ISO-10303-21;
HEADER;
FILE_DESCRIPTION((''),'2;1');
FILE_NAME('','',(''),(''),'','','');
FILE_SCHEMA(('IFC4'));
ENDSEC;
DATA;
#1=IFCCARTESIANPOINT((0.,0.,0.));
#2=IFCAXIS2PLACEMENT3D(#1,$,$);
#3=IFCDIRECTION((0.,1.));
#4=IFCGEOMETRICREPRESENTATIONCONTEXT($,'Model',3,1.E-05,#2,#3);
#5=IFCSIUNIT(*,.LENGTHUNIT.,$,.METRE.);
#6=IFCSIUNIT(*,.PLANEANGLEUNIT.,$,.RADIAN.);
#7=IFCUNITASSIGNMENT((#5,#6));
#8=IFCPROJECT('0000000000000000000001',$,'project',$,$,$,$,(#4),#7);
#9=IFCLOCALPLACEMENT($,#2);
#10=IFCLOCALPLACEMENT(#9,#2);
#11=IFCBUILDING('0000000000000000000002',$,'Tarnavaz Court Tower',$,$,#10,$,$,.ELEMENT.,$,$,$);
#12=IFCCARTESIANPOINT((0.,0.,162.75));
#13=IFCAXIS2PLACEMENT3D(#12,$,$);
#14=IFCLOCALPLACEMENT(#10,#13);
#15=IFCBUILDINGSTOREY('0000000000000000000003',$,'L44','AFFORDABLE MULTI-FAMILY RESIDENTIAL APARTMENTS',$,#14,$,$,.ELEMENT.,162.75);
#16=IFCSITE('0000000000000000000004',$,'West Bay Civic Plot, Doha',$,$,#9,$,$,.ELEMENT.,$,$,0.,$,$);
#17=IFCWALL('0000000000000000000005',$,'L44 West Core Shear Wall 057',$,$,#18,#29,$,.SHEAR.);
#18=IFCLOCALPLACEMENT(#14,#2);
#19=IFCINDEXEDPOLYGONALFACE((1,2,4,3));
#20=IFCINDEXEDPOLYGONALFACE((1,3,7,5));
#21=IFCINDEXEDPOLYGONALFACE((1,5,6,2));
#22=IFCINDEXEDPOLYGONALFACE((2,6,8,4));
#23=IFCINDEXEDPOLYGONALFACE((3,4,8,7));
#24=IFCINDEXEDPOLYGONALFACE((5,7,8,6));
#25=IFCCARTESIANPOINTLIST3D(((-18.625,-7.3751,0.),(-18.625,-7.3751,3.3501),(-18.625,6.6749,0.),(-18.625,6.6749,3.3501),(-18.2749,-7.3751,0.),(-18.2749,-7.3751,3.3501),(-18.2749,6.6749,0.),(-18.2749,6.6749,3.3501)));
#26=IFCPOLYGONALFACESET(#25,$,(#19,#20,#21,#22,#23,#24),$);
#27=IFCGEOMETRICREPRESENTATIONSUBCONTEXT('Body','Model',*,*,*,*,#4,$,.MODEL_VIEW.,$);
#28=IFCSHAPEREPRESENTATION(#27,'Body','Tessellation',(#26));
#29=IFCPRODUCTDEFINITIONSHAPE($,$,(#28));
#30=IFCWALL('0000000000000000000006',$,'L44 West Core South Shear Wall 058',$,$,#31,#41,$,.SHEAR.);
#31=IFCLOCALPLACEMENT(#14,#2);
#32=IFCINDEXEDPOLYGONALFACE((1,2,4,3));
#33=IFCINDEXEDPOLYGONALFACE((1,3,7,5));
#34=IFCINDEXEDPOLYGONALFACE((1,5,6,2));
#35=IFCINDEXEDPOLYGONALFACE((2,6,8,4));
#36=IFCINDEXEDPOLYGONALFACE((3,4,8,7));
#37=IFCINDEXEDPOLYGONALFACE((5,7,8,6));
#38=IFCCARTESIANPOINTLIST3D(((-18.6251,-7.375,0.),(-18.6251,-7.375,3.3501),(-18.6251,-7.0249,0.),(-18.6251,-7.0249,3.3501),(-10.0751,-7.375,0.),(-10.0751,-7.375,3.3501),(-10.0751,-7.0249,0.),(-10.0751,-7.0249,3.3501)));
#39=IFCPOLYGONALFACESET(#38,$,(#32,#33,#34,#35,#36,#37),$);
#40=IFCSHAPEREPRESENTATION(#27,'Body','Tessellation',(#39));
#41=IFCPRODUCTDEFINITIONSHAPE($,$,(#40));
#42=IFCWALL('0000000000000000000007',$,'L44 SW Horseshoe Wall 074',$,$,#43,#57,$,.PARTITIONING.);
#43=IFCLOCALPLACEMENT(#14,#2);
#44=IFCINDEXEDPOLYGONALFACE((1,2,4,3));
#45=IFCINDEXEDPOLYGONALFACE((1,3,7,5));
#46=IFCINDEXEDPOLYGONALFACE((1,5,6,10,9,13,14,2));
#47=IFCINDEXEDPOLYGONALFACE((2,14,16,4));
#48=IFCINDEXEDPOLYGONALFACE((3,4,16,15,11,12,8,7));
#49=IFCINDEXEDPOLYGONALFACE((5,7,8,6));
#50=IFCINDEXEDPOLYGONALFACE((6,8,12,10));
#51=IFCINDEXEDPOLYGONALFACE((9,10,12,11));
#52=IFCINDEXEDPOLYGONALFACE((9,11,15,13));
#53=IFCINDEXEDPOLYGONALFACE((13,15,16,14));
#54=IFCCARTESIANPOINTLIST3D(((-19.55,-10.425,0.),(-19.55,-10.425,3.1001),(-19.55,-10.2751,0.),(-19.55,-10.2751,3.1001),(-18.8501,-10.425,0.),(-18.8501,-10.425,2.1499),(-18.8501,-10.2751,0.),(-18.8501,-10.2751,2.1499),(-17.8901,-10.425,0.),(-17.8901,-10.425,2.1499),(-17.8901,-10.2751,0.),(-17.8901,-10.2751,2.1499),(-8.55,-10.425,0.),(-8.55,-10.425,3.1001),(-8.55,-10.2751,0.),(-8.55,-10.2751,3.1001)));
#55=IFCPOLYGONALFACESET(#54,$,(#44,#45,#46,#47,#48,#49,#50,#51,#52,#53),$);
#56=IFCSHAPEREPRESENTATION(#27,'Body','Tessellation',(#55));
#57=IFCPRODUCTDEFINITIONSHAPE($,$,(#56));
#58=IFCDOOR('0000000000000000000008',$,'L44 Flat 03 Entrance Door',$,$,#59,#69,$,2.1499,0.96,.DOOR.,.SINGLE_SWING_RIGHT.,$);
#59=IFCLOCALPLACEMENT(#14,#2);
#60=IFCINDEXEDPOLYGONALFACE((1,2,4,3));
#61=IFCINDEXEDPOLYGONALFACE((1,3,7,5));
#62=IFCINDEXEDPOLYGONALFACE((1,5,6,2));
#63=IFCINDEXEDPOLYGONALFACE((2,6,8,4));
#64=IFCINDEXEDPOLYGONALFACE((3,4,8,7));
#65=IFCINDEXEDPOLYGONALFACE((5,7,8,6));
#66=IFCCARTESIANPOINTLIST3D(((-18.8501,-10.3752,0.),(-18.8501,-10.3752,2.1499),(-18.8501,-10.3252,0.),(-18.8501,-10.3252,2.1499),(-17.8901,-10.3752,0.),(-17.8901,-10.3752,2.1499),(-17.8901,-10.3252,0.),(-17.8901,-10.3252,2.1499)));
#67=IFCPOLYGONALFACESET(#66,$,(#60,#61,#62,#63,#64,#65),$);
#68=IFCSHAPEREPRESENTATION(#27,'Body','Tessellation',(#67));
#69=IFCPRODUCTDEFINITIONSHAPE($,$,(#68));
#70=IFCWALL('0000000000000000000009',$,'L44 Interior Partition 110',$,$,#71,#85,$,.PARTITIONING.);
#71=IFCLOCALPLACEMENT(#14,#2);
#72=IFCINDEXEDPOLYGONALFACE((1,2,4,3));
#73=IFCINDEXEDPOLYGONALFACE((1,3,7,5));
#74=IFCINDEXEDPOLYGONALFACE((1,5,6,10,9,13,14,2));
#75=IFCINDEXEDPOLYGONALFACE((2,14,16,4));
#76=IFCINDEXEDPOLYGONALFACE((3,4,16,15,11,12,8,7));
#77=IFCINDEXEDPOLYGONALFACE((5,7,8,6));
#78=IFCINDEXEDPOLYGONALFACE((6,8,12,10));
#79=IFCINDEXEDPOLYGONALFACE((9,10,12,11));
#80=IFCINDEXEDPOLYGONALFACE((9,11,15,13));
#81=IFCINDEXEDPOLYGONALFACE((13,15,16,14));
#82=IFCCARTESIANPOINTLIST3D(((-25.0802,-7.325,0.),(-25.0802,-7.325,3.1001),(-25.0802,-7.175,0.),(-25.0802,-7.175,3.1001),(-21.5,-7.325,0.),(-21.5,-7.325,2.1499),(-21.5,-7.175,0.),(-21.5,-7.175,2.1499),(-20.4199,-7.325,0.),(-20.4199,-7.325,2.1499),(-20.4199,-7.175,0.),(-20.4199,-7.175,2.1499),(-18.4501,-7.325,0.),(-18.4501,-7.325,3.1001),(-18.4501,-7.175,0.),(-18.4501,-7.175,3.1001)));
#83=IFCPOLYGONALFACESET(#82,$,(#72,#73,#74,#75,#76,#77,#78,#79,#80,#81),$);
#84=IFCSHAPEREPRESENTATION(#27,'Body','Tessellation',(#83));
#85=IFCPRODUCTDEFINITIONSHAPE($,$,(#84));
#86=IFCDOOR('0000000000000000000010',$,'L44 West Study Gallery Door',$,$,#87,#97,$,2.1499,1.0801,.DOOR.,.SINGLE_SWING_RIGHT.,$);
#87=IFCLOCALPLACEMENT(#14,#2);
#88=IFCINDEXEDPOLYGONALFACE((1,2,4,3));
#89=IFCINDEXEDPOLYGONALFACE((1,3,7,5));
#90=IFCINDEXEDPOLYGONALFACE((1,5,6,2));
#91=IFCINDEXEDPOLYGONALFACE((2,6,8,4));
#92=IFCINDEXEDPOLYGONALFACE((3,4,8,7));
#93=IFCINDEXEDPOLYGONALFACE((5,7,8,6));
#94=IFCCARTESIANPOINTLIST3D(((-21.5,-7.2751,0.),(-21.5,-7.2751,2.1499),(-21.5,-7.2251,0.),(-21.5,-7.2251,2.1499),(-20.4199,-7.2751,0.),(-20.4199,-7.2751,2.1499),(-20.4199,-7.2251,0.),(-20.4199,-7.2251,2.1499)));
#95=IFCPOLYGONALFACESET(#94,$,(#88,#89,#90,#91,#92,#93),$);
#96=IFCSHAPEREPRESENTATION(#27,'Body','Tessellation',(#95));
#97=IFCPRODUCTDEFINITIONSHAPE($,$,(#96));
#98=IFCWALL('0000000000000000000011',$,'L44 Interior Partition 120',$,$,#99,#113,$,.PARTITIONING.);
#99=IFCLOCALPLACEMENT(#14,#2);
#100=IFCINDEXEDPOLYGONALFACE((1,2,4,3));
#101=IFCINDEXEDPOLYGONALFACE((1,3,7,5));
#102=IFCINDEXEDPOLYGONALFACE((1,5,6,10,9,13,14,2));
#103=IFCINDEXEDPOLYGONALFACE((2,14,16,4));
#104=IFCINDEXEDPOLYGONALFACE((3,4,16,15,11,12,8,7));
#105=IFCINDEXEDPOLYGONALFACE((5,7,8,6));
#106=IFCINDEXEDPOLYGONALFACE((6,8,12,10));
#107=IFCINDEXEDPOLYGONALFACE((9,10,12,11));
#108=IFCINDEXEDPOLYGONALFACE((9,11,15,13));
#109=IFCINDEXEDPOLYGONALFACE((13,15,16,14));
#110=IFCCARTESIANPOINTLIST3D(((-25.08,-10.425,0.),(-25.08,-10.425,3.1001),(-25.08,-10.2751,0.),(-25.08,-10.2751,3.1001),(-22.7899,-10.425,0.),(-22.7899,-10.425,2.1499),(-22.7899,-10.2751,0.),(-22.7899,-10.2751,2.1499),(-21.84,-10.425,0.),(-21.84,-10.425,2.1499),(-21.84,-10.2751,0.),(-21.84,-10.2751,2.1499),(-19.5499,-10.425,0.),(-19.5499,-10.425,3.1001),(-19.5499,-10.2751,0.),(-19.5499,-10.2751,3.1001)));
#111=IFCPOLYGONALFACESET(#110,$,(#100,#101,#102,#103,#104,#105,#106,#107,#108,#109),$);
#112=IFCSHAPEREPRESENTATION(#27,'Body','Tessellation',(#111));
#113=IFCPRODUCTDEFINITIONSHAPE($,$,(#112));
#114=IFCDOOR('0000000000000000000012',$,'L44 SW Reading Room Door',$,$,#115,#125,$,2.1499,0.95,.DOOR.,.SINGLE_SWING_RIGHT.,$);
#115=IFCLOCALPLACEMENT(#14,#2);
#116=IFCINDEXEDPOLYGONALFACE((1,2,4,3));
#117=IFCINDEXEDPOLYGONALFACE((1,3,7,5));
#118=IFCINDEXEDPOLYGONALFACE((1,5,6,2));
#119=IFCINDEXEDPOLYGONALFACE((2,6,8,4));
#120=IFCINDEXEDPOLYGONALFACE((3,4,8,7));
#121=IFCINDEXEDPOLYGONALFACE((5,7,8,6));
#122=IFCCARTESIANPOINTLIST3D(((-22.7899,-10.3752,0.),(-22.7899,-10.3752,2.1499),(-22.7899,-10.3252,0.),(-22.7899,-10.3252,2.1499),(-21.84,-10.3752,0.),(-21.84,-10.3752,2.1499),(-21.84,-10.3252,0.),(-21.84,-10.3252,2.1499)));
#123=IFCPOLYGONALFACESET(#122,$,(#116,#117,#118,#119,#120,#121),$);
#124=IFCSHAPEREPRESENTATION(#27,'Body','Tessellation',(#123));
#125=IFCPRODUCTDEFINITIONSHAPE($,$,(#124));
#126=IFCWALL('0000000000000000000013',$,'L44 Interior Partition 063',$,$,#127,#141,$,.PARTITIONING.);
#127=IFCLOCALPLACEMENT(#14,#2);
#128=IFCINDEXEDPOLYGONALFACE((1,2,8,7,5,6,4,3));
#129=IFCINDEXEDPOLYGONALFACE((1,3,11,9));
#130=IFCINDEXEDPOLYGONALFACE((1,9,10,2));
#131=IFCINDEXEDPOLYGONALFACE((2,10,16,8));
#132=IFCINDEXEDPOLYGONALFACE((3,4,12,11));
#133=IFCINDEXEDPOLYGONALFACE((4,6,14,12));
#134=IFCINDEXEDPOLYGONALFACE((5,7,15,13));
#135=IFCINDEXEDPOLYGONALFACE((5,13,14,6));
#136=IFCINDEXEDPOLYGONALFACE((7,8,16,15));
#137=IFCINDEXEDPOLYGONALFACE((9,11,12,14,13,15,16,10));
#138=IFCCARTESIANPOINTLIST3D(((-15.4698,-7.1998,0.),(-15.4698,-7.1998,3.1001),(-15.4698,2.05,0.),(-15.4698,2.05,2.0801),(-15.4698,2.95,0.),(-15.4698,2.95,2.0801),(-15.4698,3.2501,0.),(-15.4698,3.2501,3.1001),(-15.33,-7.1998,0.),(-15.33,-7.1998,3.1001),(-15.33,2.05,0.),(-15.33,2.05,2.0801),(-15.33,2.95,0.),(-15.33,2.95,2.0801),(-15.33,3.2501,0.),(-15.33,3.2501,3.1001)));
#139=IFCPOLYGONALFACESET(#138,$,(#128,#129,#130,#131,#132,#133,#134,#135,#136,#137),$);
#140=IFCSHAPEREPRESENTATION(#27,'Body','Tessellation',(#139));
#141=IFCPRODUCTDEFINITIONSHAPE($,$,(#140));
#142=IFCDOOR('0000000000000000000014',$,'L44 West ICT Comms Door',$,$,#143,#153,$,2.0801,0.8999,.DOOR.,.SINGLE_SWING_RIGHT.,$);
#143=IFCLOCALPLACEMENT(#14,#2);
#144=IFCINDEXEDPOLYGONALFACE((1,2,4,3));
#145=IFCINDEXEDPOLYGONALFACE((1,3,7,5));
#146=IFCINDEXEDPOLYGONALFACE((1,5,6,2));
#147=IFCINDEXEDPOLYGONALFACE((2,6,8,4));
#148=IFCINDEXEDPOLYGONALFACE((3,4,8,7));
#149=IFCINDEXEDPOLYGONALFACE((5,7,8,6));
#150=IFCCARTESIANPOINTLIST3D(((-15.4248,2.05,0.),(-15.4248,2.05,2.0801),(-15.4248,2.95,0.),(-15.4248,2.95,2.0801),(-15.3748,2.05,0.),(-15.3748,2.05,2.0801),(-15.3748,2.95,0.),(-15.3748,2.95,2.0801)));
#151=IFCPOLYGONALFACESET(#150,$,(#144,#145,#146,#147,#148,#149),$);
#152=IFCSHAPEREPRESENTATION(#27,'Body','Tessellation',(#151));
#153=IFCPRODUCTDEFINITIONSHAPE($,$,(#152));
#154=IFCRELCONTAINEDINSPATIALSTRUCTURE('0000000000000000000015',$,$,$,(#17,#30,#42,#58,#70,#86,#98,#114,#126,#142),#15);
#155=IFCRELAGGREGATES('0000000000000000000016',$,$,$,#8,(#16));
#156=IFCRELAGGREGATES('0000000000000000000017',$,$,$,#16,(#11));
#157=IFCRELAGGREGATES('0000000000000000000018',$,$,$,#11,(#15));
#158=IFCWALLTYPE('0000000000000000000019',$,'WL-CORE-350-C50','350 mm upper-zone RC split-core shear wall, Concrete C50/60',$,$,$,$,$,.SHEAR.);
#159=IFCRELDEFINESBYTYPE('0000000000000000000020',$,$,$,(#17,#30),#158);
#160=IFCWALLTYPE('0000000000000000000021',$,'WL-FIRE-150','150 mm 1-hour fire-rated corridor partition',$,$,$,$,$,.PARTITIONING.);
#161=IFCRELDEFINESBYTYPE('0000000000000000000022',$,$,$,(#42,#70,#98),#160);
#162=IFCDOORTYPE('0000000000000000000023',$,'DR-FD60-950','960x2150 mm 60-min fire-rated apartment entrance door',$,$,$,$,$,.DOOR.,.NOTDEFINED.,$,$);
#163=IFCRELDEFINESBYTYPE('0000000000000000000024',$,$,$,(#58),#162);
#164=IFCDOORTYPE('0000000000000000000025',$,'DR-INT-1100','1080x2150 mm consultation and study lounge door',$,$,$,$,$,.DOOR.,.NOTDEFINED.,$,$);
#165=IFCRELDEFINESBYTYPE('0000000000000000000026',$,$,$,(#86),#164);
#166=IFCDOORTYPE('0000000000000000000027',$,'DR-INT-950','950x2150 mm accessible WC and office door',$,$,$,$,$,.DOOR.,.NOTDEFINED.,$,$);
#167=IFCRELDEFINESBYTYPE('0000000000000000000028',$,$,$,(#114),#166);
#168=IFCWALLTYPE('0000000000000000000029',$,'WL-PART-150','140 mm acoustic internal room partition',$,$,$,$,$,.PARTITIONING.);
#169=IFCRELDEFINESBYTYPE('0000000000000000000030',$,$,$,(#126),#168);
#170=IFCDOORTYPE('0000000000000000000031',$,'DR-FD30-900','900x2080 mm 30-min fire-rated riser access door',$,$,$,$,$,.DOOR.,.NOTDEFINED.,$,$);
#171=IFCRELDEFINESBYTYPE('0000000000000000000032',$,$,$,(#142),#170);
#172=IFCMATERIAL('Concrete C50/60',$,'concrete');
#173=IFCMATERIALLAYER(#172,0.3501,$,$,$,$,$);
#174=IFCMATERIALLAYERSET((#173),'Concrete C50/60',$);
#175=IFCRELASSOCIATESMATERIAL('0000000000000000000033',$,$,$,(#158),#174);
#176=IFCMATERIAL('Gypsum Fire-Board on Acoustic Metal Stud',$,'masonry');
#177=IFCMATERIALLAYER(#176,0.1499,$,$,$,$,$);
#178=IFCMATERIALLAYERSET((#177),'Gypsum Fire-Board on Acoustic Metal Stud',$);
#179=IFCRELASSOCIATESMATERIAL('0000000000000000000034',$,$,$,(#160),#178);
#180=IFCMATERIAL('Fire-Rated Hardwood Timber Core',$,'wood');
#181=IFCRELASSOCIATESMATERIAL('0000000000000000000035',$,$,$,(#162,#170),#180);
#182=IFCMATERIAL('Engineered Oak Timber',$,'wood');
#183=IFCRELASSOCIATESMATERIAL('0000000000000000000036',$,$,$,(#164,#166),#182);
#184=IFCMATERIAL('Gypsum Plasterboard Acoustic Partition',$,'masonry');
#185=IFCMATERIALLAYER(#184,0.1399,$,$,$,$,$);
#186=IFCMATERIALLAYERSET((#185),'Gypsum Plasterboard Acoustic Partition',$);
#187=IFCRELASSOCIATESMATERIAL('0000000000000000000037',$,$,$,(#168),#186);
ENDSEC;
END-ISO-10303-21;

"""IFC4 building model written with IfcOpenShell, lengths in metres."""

from ifc_helpers import new_model, si_unit, direction, frame, frame_2d, origin, place, context, subcontext, project, spatial, rectangle, extrude, material, layer, layer_set, type_object, element, fill, save


model = new_model("IFC4")

# Units and contexts
model_context = context("Model", 3, precision=1e-05, world=origin(), true_north=direction((0.0, 1.0)))
body_context = subcontext(model_context, "Body", "Model", "MODEL_VIEW")
ifc_project = project(units=[si_unit("LENGTHUNIT", "METRE"), si_unit("PLANEANGLEUNIT", "RADIAN")], contexts=[model_context])

# Site, building, storey
site_placement = place(None, origin())
site = spatial("IfcSite", under=ifc_project, at=site_placement, Name="West Bay Civic Plot, Doha", CompositionType="ELEMENT", RefElevation=0.0)
building_placement = place(site_placement, origin())
building = spatial("IfcBuilding", under=site, at=building_placement, Name="Tarnavaz Court Tower", CompositionType="ELEMENT")
storey_placement = place(building_placement, frame((0.0, 0.0, 162.75)))
storey = spatial("IfcBuildingStorey", under=building, at=storey_placement, Name="L44", Description="AFFORDABLE MULTI-FAMILY RESIDENTIAL APARTMENTS", CompositionType="ELEMENT", Elevation=162.75)

# Shared definitions
ifc_material_1 = material(Name="Concrete C50/60", Category="concrete")

# Walls
ifc_layer_1 = layer(ifc_material_1, 0.3501)
ifc_layer_set_1 = layer_set([ifc_layer_1], Name="Concrete C50/60")
wall_type_1 = type_object("IfcWallType", Name="WL-CORE-350-C50", Description="350 mm upper-zone RC split-core shear wall, Concrete C50/60", PredefinedType="SHEAR", material=ifc_layer_set_1)
wall_1_placement = place(storey_placement, frame((-18.45, -7.375, 0.0), z_axis=(0.0, 0.0, 1.0), x_axis=(0.0, 1.0, 0.0)))
element("IfcWall", 1, at=wall_1_placement, inside=storey, type_object=wall_type_1, Name="L44 West Core Shear Wall 057", PredefinedType="SHEAR", context=body_context, shape_type="SweptSolid", body=[
    extrude(rectangle(XDim=14.05, YDim=0.3501, at=frame_2d((7.0249, 0.0))), origin(), (0.0, 0.0, 1.0), 3.3501),
])
wall_2_placement = place(storey_placement, frame((-18.625, -7.2, 0.0), z_axis=(0.0, 0.0, 1.0), x_axis=(1.0, 0.0, 0.0)))
element("IfcWall", 2, at=wall_2_placement, inside=storey, type_object=wall_type_1, Name="L44 West Core South Shear Wall 058", PredefinedType="SHEAR", context=body_context, shape_type="SweptSolid", body=[
    extrude(rectangle(XDim=8.55, YDim=0.3501, at=frame_2d((4.2749, 0.0))), origin(), (0.0, 0.0, 1.0), 3.3501),
])

# Walls, openings, doors
ifc_material_2 = material(Name="Gypsum Fire-Board on Acoustic Metal Stud", Category="masonry")
ifc_layer_2 = layer(ifc_material_2, 0.1499)
ifc_layer_set_2 = layer_set([ifc_layer_2], Name="Gypsum Fire-Board on Acoustic Metal Stud")
wall_type_2 = type_object("IfcWallType", Name="WL-FIRE-150", Description="150 mm 1-hour fire-rated corridor partition", PredefinedType="PARTITIONING", material=ifc_layer_set_2)
wall_3_placement = place(storey_placement, frame((-19.55, -10.3501, 0.0), z_axis=(0.0, 0.0, 1.0), x_axis=(1.0, 0.0, 0.0)))
wall_3 = element("IfcWall", 3, at=wall_3_placement, inside=storey, type_object=wall_type_2, Name="L44 SW Horseshoe Wall 074", PredefinedType="PARTITIONING", context=body_context, shape_type="SweptSolid", body=[
    extrude(rectangle(XDim=11.0, YDim=0.1499, at=frame_2d((5.5, 0.0))), origin(), (0.0, 0.0, 1.0), 3.1001),
])
opening_1_placement = place(wall_3_placement, frame((0.7, 0.0, 0.0)))
opening_1 = element("IfcOpeningElement", 4, at=opening_1_placement, cuts=wall_3, PredefinedType="OPENING", context=body_context, shape_type="SweptSolid", body=[
    extrude(rectangle(XDim=0.96, YDim=2.1499, at=frame_2d((0.48, 1.075))), frame((0.0, 0.085, 0.0), z_axis=(0.0, -1.0, 0.0), x_axis=(1.0, 0.0, 0.0)), (0.0, 0.0, 1.0), 0.1699),
])
ifc_material_3 = material(Name="Fire-Rated Hardwood Timber Core", Category="wood")
door_type_1 = type_object("IfcDoorType", Name="DR-FD60-950", Description="960x2150 mm 60-min fire-rated apartment entrance door", OperationType="NOTDEFINED", PredefinedType="DOOR", material=ifc_material_3)
door_1_placement = place(opening_1_placement, origin())
door_1 = element("IfcDoor", 5, at=door_1_placement, inside=storey, type_object=door_type_1, Name="L44 Flat 03 Entrance Door", OperationType="SINGLE_SWING_RIGHT", OverallHeight=2.1499, OverallWidth=0.96, PredefinedType="DOOR", context=body_context, shape_type="SweptSolid", body=[
    extrude(rectangle(XDim=0.96, YDim=2.1499, at=frame_2d((0.48, 1.075))), frame((0.0, 0.0249, 0.0), z_axis=(0.0, -1.0, 0.0), x_axis=(1.0, 0.0, 0.0)), (0.0, 0.0, 1.0), 0.05),
])
fill(opening_1, door_1)
wall_4_placement = place(storey_placement, frame((-25.0801, -7.25, 0.0), z_axis=(0.0, 0.0, 1.0), x_axis=(1.0, 0.0, 0.0)))
wall_4 = element("IfcWall", 6, at=wall_4_placement, inside=storey, type_object=wall_type_2, Name="L44 Interior Partition 110", PredefinedType="PARTITIONING", context=body_context, shape_type="SweptSolid", body=[
    extrude(rectangle(XDim=6.6301, YDim=0.1499, at=frame_2d((3.3149, 0.0))), origin(), (0.0, 0.0, 1.0), 3.1001),
])
opening_2_placement = place(wall_4_placement, frame((3.5801, 0.0, 0.0)))
opening_2 = element("IfcOpeningElement", 7, at=opening_2_placement, cuts=wall_4, PredefinedType="OPENING", context=body_context, shape_type="SweptSolid", body=[
    extrude(rectangle(XDim=1.0801, YDim=2.1499, at=frame_2d((0.54, 1.075))), frame((0.0, 0.085, 0.0), z_axis=(0.0, -1.0, 0.0), x_axis=(1.0, 0.0, 0.0)), (0.0, 0.0, 1.0), 0.1699),
])
ifc_material_4 = material(Name="Engineered Oak Timber", Category="wood")
door_type_2 = type_object("IfcDoorType", Name="DR-INT-1100", Description="1080x2150 mm consultation and study lounge door", OperationType="NOTDEFINED", PredefinedType="DOOR", material=ifc_material_4)
door_2_placement = place(opening_2_placement, origin())
door_2 = element("IfcDoor", 8, at=door_2_placement, inside=storey, type_object=door_type_2, Name="L44 West Study Gallery Door", OperationType="SINGLE_SWING_RIGHT", OverallHeight=2.1499, OverallWidth=1.0801, PredefinedType="DOOR", context=body_context, shape_type="SweptSolid", body=[
    extrude(rectangle(XDim=1.0801, YDim=2.1499, at=frame_2d((0.54, 1.075))), frame((0.0, 0.0249, 0.0), z_axis=(0.0, -1.0, 0.0), x_axis=(1.0, 0.0, 0.0)), (0.0, 0.0, 1.0), 0.05),
])
fill(opening_2, door_2)
wall_5_placement = place(storey_placement, frame((-25.0801, -10.3501, 0.0), z_axis=(0.0, 0.0, 1.0), x_axis=(1.0, 0.0, 0.0)))
wall_5 = element("IfcWall", 9, at=wall_5_placement, inside=storey, type_object=wall_type_2, Name="L44 Interior Partition 120", PredefinedType="PARTITIONING", context=body_context, shape_type="SweptSolid", body=[
    extrude(rectangle(XDim=5.53, YDim=0.1499, at=frame_2d((2.7651, 0.0))), origin(), (0.0, 0.0, 1.0), 3.1001),
])
opening_3_placement = place(wall_5_placement, frame((2.29, 0.0, 0.0)))
opening_3 = element("IfcOpeningElement", 10, at=opening_3_placement, cuts=wall_5, PredefinedType="OPENING", context=body_context, shape_type="SweptSolid", body=[
    extrude(rectangle(XDim=0.95, YDim=2.1499, at=frame_2d((0.4751, 1.075))), frame((0.0, 0.085, 0.0), z_axis=(0.0, -1.0, 0.0), x_axis=(1.0, 0.0, 0.0)), (0.0, 0.0, 1.0), 0.1699),
])
door_type_3 = type_object("IfcDoorType", Name="DR-INT-950", Description="950x2150 mm accessible WC and office door", OperationType="NOTDEFINED", PredefinedType="DOOR", material=ifc_material_4)
door_3_placement = place(opening_3_placement, origin())
door_3 = element("IfcDoor", 11, at=door_3_placement, inside=storey, type_object=door_type_3, Name="L44 SW Reading Room Door", OperationType="SINGLE_SWING_RIGHT", OverallHeight=2.1499, OverallWidth=0.95, PredefinedType="DOOR", context=body_context, shape_type="SweptSolid", body=[
    extrude(rectangle(XDim=0.95, YDim=2.1499, at=frame_2d((0.4751, 1.075))), frame((0.0, 0.0249, 0.0), z_axis=(0.0, -1.0, 0.0), x_axis=(1.0, 0.0, 0.0)), (0.0, 0.0, 1.0), 0.05),
])
fill(opening_3, door_3)
ifc_material_5 = material(Name="Gypsum Plasterboard Acoustic Partition", Category="masonry")
ifc_layer_3 = layer(ifc_material_5, 0.1399)
ifc_layer_set_3 = layer_set([ifc_layer_3], Name="Gypsum Plasterboard Acoustic Partition")
wall_type_3 = type_object("IfcWallType", Name="WL-PART-150", Description="140 mm acoustic internal room partition", PredefinedType="PARTITIONING", material=ifc_layer_set_3)
wall_6_placement = place(storey_placement, frame((-15.3999, -7.2, 0.0), z_axis=(0.0, 0.0, 1.0), x_axis=(0.0, 1.0, 0.0)))
wall_6 = element("IfcWall", 12, at=wall_6_placement, inside=storey, type_object=wall_type_3, Name="L44 Interior Partition 063", PredefinedType="PARTITIONING", context=body_context, shape_type="SweptSolid", body=[
    extrude(rectangle(XDim=10.45, YDim=0.1399, at=frame_2d((5.2251, 0.0))), origin(), (0.0, 0.0, 1.0), 3.1001),
])
opening_4_placement = place(wall_6_placement, frame((9.25, 0.0, 0.0)))
opening_4 = element("IfcOpeningElement", 13, at=opening_4_placement, cuts=wall_6, PredefinedType="OPENING", context=body_context, shape_type="SweptSolid", body=[
    extrude(rectangle(XDim=0.8999, YDim=2.0801, at=frame_2d((0.45, 1.04))), frame((0.0, 0.0798, 0.0), z_axis=(0.0, -1.0, 0.0), x_axis=(1.0, 0.0, 0.0)), (0.0, 0.0, 1.0), 0.1599),
])
door_type_4 = type_object("IfcDoorType", Name="DR-FD30-900", Description="900x2080 mm 30-min fire-rated riser access door", OperationType="NOTDEFINED", PredefinedType="DOOR", material=ifc_material_3)
door_4_placement = place(opening_4_placement, origin())
door_4 = element("IfcDoor", 14, at=door_4_placement, inside=storey, type_object=door_type_4, Name="L44 West ICT Comms Door", OperationType="SINGLE_SWING_RIGHT", OverallHeight=2.0801, OverallWidth=0.8999, PredefinedType="DOOR", context=body_context, shape_type="SweptSolid", body=[
    extrude(rectangle(XDim=0.8999, YDim=2.0801, at=frame_2d((0.45, 1.04))), frame((0.0, 0.0249, 0.0), z_axis=(0.0, -1.0, 0.0), x_axis=(1.0, 0.0, 0.0)), (0.0, 0.0, 1.0), 0.05),
])
fill(opening_4, door_4)

save(model, "model.ifc")
